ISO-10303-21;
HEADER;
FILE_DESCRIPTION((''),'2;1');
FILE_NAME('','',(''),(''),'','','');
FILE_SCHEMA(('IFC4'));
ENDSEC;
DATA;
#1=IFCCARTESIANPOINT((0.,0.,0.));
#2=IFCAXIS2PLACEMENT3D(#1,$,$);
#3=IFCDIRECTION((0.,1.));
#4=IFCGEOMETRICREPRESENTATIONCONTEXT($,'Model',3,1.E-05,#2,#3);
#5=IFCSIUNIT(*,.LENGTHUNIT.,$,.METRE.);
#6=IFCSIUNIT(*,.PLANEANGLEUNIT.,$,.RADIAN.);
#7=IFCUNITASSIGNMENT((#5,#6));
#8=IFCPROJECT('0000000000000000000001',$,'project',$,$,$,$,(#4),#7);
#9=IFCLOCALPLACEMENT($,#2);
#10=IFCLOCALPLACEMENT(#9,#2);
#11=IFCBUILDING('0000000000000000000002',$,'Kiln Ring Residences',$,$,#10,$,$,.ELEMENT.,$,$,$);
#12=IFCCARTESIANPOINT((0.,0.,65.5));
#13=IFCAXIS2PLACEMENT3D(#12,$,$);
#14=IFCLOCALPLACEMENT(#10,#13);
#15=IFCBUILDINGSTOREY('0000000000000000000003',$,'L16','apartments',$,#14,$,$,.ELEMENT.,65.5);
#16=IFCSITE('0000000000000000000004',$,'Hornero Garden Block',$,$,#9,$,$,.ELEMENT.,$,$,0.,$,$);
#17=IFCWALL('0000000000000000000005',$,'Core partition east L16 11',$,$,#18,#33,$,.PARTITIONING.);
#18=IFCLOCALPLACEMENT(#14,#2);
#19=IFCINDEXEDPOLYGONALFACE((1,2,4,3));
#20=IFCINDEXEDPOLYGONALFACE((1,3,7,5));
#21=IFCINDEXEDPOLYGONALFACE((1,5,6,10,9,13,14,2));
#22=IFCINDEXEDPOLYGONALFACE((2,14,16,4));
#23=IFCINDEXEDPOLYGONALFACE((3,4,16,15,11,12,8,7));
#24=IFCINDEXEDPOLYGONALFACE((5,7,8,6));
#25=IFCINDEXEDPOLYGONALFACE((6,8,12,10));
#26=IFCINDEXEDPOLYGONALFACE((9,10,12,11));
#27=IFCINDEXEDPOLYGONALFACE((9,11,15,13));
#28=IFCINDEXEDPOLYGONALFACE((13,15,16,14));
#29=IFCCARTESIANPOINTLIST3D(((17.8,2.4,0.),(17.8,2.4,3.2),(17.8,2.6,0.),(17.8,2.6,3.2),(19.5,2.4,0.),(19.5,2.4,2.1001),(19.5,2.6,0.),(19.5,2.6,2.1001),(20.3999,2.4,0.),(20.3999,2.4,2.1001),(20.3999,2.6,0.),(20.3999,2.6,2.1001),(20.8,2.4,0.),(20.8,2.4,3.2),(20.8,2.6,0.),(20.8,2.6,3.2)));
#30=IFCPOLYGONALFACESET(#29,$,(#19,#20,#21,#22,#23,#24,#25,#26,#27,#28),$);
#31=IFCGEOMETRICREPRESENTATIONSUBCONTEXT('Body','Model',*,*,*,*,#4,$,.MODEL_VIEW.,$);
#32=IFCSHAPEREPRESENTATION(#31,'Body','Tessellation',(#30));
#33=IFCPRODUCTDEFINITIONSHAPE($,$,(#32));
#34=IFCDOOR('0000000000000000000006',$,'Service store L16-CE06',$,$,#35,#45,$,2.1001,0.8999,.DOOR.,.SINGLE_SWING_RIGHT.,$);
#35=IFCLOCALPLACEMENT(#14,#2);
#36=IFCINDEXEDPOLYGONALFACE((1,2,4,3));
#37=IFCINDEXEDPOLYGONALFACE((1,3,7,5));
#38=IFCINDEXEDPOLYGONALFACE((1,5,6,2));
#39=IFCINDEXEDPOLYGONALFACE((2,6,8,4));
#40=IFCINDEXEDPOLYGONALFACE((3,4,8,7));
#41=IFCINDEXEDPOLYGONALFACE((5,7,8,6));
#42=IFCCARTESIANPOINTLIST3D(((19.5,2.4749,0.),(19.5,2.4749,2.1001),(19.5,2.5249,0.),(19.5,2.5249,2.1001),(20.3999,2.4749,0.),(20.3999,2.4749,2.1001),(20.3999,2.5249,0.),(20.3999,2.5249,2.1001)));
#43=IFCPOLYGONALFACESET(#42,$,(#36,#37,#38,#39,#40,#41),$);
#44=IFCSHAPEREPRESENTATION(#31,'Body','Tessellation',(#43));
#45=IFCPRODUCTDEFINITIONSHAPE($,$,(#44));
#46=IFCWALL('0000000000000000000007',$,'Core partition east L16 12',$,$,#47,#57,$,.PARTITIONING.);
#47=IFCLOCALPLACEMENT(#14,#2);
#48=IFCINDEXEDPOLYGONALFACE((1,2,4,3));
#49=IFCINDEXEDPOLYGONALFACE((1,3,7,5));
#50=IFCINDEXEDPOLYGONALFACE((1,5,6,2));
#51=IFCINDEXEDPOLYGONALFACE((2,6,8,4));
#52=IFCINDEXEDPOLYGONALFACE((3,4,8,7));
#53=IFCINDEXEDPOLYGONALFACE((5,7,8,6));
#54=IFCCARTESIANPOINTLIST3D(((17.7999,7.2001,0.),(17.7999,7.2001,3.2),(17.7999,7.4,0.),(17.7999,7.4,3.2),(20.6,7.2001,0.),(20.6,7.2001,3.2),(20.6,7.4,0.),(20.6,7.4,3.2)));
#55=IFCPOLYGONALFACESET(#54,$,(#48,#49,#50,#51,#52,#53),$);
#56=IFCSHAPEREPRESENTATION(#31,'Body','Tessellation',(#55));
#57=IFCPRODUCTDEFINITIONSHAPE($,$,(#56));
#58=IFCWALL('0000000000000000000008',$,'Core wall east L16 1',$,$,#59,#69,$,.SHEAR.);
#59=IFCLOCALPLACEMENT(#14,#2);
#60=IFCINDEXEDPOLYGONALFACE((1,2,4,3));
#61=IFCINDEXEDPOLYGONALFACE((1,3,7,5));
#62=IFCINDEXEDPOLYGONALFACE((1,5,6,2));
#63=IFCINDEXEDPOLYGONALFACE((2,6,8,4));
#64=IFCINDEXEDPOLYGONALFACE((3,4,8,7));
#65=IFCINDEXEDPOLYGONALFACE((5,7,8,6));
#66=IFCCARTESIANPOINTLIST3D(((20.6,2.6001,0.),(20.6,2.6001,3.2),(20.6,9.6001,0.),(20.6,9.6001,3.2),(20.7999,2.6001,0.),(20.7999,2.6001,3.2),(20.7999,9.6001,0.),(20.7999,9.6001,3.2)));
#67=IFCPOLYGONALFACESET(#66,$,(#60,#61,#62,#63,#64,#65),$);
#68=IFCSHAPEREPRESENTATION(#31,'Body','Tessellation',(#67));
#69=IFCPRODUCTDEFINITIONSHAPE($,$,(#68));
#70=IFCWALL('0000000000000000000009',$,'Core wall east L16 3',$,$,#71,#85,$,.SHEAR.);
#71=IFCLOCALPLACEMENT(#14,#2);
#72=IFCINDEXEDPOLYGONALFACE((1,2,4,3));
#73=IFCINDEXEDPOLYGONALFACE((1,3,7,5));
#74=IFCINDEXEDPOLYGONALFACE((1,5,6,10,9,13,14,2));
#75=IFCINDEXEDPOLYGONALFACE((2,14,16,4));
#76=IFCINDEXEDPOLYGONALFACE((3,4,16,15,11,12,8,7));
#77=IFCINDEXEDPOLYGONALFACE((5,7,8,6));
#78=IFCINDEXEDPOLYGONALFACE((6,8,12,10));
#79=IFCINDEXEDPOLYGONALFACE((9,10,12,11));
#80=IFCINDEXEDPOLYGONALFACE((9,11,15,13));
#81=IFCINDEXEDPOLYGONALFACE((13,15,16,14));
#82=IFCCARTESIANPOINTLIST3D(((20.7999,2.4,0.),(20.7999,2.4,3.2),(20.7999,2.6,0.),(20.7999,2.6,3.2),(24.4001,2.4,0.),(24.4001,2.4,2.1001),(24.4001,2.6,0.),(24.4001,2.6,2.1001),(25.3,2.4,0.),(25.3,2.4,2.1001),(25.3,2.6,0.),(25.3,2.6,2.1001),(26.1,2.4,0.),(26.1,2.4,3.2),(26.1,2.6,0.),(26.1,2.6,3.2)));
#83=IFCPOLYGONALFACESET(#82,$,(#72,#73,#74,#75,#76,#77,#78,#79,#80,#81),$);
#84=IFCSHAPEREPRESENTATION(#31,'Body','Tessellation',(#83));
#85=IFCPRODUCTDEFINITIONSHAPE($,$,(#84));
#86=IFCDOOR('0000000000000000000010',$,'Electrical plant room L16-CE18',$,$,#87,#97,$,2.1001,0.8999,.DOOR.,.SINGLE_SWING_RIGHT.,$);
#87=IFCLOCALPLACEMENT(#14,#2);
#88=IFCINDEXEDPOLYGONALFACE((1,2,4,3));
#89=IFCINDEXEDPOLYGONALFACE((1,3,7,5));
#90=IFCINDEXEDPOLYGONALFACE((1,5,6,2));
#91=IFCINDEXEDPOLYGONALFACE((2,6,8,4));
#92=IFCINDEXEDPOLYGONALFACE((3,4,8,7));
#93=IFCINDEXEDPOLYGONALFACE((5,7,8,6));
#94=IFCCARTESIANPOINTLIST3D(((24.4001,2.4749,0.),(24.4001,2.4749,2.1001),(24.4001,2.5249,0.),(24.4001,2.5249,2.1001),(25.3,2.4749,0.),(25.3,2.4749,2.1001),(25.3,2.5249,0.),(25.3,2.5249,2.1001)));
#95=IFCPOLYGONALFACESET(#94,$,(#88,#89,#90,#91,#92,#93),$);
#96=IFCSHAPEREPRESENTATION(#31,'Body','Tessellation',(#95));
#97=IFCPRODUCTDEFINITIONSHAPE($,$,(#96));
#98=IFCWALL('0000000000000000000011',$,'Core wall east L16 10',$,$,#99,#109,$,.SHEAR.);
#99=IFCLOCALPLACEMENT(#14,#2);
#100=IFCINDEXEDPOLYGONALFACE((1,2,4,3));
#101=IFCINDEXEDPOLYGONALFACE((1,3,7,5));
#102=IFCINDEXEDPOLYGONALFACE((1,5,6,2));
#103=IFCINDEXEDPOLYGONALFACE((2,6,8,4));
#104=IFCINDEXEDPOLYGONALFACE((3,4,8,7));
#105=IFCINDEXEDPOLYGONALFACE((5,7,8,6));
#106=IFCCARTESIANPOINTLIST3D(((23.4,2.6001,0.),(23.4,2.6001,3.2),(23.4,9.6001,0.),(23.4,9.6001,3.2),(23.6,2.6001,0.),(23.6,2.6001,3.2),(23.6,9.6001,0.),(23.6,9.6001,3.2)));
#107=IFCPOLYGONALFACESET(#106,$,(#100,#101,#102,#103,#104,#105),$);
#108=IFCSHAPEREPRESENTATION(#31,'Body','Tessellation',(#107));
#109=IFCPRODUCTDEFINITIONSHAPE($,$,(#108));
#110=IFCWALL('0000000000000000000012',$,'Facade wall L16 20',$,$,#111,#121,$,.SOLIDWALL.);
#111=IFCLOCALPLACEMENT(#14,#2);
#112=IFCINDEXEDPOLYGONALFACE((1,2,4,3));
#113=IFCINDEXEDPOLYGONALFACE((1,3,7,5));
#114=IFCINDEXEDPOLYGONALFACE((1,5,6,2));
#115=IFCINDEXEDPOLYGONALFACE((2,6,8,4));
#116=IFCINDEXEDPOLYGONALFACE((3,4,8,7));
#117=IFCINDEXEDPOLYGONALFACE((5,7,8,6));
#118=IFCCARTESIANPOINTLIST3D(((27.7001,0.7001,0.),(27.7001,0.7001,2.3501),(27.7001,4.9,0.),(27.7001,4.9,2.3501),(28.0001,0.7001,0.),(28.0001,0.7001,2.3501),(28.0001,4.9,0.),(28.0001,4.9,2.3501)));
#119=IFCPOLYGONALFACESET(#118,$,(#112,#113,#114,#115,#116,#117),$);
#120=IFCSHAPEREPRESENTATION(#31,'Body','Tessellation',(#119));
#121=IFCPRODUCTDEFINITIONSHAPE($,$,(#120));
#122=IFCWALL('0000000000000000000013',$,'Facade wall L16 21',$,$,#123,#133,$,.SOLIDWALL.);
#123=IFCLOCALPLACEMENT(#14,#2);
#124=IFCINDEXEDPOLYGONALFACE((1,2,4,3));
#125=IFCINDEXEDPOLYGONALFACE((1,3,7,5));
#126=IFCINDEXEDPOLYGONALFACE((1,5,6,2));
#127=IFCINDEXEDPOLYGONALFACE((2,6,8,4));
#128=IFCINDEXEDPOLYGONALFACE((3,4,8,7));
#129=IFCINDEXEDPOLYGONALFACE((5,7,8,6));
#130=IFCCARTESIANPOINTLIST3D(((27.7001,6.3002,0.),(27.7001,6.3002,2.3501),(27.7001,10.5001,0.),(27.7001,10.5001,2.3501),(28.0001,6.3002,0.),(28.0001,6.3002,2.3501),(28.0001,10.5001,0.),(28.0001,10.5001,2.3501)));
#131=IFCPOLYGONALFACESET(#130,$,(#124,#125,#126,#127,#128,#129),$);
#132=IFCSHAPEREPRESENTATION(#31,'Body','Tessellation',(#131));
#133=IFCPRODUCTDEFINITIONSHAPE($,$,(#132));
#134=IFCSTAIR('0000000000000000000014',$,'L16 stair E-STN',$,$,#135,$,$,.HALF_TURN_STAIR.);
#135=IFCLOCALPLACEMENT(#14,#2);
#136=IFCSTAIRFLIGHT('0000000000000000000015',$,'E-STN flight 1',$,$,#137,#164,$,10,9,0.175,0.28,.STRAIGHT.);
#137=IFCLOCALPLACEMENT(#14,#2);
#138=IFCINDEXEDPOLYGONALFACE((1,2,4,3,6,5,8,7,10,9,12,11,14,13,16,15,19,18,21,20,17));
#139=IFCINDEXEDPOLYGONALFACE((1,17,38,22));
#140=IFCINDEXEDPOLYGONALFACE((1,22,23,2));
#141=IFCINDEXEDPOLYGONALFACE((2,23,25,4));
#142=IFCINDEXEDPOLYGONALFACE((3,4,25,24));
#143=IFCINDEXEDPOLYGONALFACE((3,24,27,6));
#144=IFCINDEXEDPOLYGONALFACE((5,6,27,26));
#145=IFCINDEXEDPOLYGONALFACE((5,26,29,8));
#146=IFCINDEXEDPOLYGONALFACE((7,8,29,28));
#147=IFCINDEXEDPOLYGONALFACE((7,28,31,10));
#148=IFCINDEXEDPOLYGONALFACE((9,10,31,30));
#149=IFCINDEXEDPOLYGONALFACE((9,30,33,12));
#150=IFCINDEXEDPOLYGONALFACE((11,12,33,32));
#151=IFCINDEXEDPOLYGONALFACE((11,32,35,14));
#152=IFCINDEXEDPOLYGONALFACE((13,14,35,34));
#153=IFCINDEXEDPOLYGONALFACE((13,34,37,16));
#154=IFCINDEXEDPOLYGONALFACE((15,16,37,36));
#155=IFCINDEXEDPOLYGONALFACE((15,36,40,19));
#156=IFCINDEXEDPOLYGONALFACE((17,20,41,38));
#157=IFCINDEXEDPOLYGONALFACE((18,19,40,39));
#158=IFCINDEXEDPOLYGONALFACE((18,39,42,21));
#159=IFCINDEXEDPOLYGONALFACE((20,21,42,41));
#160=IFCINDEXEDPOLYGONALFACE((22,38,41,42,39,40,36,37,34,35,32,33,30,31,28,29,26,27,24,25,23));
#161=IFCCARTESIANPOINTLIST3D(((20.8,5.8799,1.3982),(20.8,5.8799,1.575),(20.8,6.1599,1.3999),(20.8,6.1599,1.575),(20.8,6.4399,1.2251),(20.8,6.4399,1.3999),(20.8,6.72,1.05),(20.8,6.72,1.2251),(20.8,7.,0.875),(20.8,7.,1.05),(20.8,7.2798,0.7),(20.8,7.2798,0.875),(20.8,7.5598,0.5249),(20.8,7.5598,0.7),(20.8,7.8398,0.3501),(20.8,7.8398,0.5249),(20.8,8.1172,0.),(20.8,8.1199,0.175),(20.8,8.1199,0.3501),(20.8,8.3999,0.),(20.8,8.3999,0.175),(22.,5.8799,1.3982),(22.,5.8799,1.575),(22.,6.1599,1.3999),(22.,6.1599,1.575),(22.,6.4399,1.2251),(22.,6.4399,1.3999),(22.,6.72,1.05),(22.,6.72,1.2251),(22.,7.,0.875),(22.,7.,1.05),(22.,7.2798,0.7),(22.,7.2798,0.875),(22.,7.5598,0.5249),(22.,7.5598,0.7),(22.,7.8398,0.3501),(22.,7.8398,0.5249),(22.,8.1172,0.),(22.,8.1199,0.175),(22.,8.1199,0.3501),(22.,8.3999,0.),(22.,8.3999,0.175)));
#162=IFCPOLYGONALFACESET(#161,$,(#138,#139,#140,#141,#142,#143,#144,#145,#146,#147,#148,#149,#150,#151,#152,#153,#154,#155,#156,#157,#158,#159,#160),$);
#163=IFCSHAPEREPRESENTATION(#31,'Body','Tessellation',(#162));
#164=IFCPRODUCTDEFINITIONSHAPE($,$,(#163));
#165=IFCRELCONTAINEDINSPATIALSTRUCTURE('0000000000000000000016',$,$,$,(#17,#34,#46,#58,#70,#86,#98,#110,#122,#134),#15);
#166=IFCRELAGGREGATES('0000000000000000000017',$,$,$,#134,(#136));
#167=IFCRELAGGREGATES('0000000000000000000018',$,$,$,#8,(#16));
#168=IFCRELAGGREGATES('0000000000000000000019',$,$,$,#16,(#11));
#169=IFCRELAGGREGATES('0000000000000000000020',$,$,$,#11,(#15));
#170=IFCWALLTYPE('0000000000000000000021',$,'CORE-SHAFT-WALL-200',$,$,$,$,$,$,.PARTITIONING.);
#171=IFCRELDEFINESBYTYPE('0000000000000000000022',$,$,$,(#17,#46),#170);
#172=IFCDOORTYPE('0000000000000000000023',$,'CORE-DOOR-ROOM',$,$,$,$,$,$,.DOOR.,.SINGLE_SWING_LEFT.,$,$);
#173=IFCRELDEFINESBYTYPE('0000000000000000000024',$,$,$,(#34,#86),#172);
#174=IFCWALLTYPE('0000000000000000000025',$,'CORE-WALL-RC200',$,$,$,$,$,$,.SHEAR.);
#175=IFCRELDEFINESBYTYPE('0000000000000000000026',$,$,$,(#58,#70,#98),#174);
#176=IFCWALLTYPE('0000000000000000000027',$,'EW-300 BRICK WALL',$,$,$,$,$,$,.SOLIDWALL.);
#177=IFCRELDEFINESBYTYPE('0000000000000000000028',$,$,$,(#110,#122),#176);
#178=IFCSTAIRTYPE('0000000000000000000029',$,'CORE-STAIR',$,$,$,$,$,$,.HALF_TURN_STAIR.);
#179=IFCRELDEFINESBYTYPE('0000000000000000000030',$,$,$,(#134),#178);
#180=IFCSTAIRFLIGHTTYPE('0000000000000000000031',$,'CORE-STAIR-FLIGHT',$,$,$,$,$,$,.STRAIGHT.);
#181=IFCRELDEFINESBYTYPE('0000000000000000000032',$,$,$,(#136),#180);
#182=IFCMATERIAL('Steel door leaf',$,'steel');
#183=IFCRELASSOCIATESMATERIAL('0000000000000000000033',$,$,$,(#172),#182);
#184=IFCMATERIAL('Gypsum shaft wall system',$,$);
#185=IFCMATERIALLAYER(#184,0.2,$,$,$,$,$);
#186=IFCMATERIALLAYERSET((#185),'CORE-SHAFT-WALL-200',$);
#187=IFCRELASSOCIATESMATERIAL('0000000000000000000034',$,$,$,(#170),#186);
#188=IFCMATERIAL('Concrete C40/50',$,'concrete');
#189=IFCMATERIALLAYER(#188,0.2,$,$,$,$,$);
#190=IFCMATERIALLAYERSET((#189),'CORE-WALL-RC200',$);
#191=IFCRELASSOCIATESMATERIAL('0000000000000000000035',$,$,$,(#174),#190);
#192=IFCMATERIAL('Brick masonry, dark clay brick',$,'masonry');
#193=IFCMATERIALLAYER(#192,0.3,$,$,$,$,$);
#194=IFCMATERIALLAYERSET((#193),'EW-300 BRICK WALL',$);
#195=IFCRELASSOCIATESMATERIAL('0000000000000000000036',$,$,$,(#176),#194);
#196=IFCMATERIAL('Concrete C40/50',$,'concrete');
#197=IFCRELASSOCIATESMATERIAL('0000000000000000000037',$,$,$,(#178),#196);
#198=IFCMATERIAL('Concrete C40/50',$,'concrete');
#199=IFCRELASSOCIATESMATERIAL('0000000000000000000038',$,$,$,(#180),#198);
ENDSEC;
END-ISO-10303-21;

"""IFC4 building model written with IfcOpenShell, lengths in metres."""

from ifc_helpers import new_model, si_unit, direction, frame, frame_2d, origin, place, context, subcontext, project, spatial, polyline, rectangle, outline, extrude, material, layer, layer_set, type_object, element, fill, aggregate, save


model = new_model("IFC4")

# Units and contexts
model_context = context("Model", 3, precision=1e-05, world=origin(), true_north=direction((0.0, 1.0)))
body_context = subcontext(model_context, "Body", "Model", "MODEL_VIEW")
ifc_project = project(units=[si_unit("LENGTHUNIT", "METRE"), si_unit("PLANEANGLEUNIT", "RADIAN")], contexts=[model_context])

# Site, building, storey
site_placement = place(None, origin())
site = spatial("IfcSite", under=ifc_project, at=site_placement, Name="Hornero Garden Block", CompositionType="ELEMENT", RefElevation=0.0)
building_placement = place(site_placement, origin())
building = spatial("IfcBuilding", under=site, at=building_placement, Name="Kiln Ring Residences", CompositionType="ELEMENT")
storey_placement = place(building_placement, frame((0.0, 0.0, 65.5)))
storey = spatial("IfcBuildingStorey", under=building, at=storey_placement, Name="L16", Description="apartments", CompositionType="ELEMENT", Elevation=65.5)

# Shared definitions
ifc_material_1 = material(Name="Steel door leaf", Category="steel")
door_type = type_object("IfcDoorType", Name="CORE-DOOR-ROOM", OperationType="SINGLE_SWING_LEFT", PredefinedType="DOOR", material=ifc_material_1)

# Shared definitions
ifc_material_2 = material(Name="Gypsum shaft wall system")
ifc_layer_1 = layer(ifc_material_2, 0.2)
ifc_layer_set_1 = layer_set([ifc_layer_1], Name="CORE-SHAFT-WALL-200")
wall_type_1 = type_object("IfcWallType", Name="CORE-SHAFT-WALL-200", PredefinedType="PARTITIONING", material=ifc_layer_set_1)

# Wall, opening, door
wall_1_placement = place(storey_placement, frame((17.8, 2.5, 0.0), z_axis=(0.0, 0.0, 1.0), x_axis=(1.0, 0.0, 0.0)))
wall_1 = element("IfcWall", 1, at=wall_1_placement, inside=storey, type_object=wall_type_1, Name="Core partition east L16 11", PredefinedType="PARTITIONING", context=body_context, shape_type="SweptSolid", body=[
    extrude(rectangle(XDim=3.0, YDim=0.2, at=frame_2d((1.5, 0.0))), origin(), (0.0, 0.0, 1.0), 3.2),
])
opening_1_placement = place(wall_1_placement, frame((1.7, 0.0, 0.0)))
opening_1 = element("IfcOpeningElement", 2, at=opening_1_placement, cuts=wall_1, PredefinedType="OPENING", context=body_context, shape_type="SweptSolid", body=[
    extrude(rectangle(XDim=0.8999, YDim=2.1001, at=frame_2d((0.45, 1.05))), frame((0.0, 0.1099, 0.0), z_axis=(0.0, -1.0, 0.0), x_axis=(1.0, 0.0, 0.0)), (0.0, 0.0, 1.0), 0.22),
])
door_1_placement = place(opening_1_placement, origin())
door_1 = element("IfcDoor", 3, at=door_1_placement, inside=storey, type_object=door_type, Name="Service store L16-CE06", OperationType="SINGLE_SWING_RIGHT", OverallHeight=2.1001, OverallWidth=0.8999, PredefinedType="DOOR", context=body_context, shape_type="SweptSolid", body=[
    extrude(rectangle(XDim=0.8999, YDim=2.1001, at=frame_2d((0.45, 1.05))), frame((0.0, 0.0249, 0.0), z_axis=(0.0, -1.0, 0.0), x_axis=(1.0, 0.0, 0.0)), (0.0, 0.0, 1.0), 0.05),
])
fill(opening_1, door_1)

# Walls
wall_2_placement = place(storey_placement, frame((17.8, 7.3, 0.0), z_axis=(0.0, 0.0, 1.0), x_axis=(1.0, 0.0, 0.0)))
element("IfcWall", 4, at=wall_2_placement, inside=storey, type_object=wall_type_1, Name="Core partition east L16 12", PredefinedType="PARTITIONING", context=body_context, shape_type="SweptSolid", body=[
    extrude(rectangle(XDim=2.8, YDim=0.2, at=frame_2d((1.3999, 0.0))), origin(), (0.0, 0.0, 1.0), 3.2),
])
ifc_material_3 = material(Name="Concrete C40/50", Category="concrete")
ifc_layer_2 = layer(ifc_material_3, 0.2)
ifc_layer_set_2 = layer_set([ifc_layer_2], Name="CORE-WALL-RC200")
wall_type_2 = type_object("IfcWallType", Name="CORE-WALL-RC200", PredefinedType="SHEAR", material=ifc_layer_set_2)
wall_3_placement = place(storey_placement, frame((20.7, 2.6001, 0.0), z_axis=(0.0, 0.0, 1.0), x_axis=(0.0, 1.0, 0.0)))
element("IfcWall", 5, at=wall_3_placement, inside=storey, type_object=wall_type_2, Name="Core wall east L16 1", PredefinedType="SHEAR", context=body_context, shape_type="SweptSolid", body=[
    extrude(rectangle(XDim=7.0, YDim=0.2, at=frame_2d((3.5, 0.0))), origin(), (0.0, 0.0, 1.0), 3.2),
])

# Wall, opening, door
wall_4_placement = place(storey_placement, frame((20.8, 2.5, 0.0), z_axis=(0.0, 0.0, 1.0), x_axis=(1.0, 0.0, 0.0)))
wall_4 = element("IfcWall", 6, at=wall_4_placement, inside=storey, type_object=wall_type_2, Name="Core wall east L16 3", PredefinedType="SHEAR", context=body_context, shape_type="SweptSolid", body=[
    extrude(rectangle(XDim=5.3, YDim=0.2, at=frame_2d((2.6499, 0.0))), origin(), (0.0, 0.0, 1.0), 3.2),
])
opening_2_placement = place(wall_4_placement, frame((3.6001, 0.0, 0.0)))
opening_2 = element("IfcOpeningElement", 7, at=opening_2_placement, cuts=wall_4, PredefinedType="OPENING", context=body_context, shape_type="SweptSolid", body=[
    extrude(rectangle(XDim=0.8999, YDim=2.1001, at=frame_2d((0.45, 1.05))), frame((0.0, 0.1099, 0.0), z_axis=(0.0, -1.0, 0.0), x_axis=(1.0, 0.0, 0.0)), (0.0, 0.0, 1.0), 0.22),
])
door_2_placement = place(opening_2_placement, origin())
door_2 = element("IfcDoor", 8, at=door_2_placement, inside=storey, type_object=door_type, Name="Electrical plant room L16-CE18", OperationType="SINGLE_SWING_RIGHT", OverallHeight=2.1001, OverallWidth=0.8999, PredefinedType="DOOR", context=body_context, shape_type="SweptSolid", body=[
    extrude(rectangle(XDim=0.8999, YDim=2.1001, at=frame_2d((0.45, 1.05))), frame((0.0, 0.0249, 0.0), z_axis=(0.0, -1.0, 0.0), x_axis=(1.0, 0.0, 0.0)), (0.0, 0.0, 1.0), 0.05),
])
fill(opening_2, door_2)

# Walls
wall_5_placement = place(storey_placement, frame((23.5, 2.6001, 0.0), z_axis=(0.0, 0.0, 1.0), x_axis=(0.0, 1.0, 0.0)))
element("IfcWall", 9, at=wall_5_placement, inside=storey, type_object=wall_type_2, Name="Core wall east L16 10", PredefinedType="SHEAR", context=body_context, shape_type="SweptSolid", body=[
    extrude(rectangle(XDim=7.0, YDim=0.2, at=frame_2d((3.5, 0.0))), origin(), (0.0, 0.0, 1.0), 3.2),
])
ifc_material_4 = material(Name="Brick masonry, dark clay brick", Category="masonry")
ifc_layer_3 = layer(ifc_material_4, 0.3)
ifc_layer_set_3 = layer_set([ifc_layer_3], Name="EW-300 BRICK WALL")
wall_type_3 = type_object("IfcWallType", Name="EW-300 BRICK WALL", PredefinedType="SOLIDWALL", material=ifc_layer_set_3)
for number, where, z_axis, x_axis, name in (
    (10, (27.8501, 0.7, 0.0), (0.0, 0.0, 1.0), (0.0, 1.0, 0.0), "Facade wall L16 20"),
    (11, (27.8501, 6.3, 0.0), (0.0, 0.0, 1.0), (0.0, 1.0, 0.0), "Facade wall L16 21"),
):
    element("IfcWall", number, at=place(storey_placement, frame(where, z_axis=z_axis, x_axis=x_axis)), inside=storey, type_object=wall_type_3, Name=name, PredefinedType="SOLIDWALL", context=body_context, shape_type="SweptSolid", body=[
        extrude(rectangle(XDim=4.2, YDim=0.3, at=frame_2d((2.1001, 0.0))), origin(), (0.0, 0.0, 1.0), 2.3501),
    ])

# Stair, stair flight
ifc_material_5 = material(Name="Concrete C40/50", Category="concrete")
stair_type = type_object("IfcStairType", Name="CORE-STAIR", PredefinedType="HALF_TURN_STAIR", material=ifc_material_5)
stair_placement = place(storey_placement, origin())
stair = element("IfcStair", 12, at=stair_placement, inside=storey, type_object=stair_type, Name="L16 stair E-STN", PredefinedType="HALF_TURN_STAIR")
ifc_material_6 = material(Name="Concrete C40/50", Category="concrete")
stair_flight_type = type_object("IfcStairFlightType", Name="CORE-STAIR-FLIGHT", PredefinedType="STRAIGHT", material=ifc_material_6)
stair_flight_1_placement = place(storey_placement, frame((21.3999, 8.3999, 0.0), z_axis=(0.0, 0.0, 1.0), x_axis=(0.0, -1.0, 0.0)))
stair_flight_1 = element("IfcStairFlight", 13, at=stair_flight_1_placement, type_object=stair_flight_type, Name="E-STN flight 1", NumberOfRisers=10, NumberOfTreads=9, PredefinedType="STRAIGHT", RiserHeight=0.175, TreadLength=0.28, context=body_context, shape_type="SweptSolid", body=[
    extrude(outline(polyline([(0.0, 0.0), (0.0, 0.175), (0.28, 0.175), (0.28, 0.3501), (0.5601, 0.3501), (0.5601, 0.5249), (0.8401, 0.5249), (0.8401, 0.7), (1.1201, 0.7), (1.1201, 0.875), (1.3999, 0.875), (1.3999, 1.05), (1.6799, 1.05), (1.6799, 1.2251), (1.96, 1.2251), (1.96, 1.3999), (2.24, 1.3999), (2.24, 1.575), (2.52, 1.575), (2.52, 1.75), (2.52, 1.3982), (0.2827, 0.0), (0.0, 0.0)])), frame((0.0, 0.6001, 0.0), z_axis=(0.0, -1.0, 0.0), x_axis=(1.0, 0.0, 0.0)), (0.0, 0.0, 1.0), 1.2),
])
aggregate(stair, [stair_flight_1])

save(model, "model.ifc")
